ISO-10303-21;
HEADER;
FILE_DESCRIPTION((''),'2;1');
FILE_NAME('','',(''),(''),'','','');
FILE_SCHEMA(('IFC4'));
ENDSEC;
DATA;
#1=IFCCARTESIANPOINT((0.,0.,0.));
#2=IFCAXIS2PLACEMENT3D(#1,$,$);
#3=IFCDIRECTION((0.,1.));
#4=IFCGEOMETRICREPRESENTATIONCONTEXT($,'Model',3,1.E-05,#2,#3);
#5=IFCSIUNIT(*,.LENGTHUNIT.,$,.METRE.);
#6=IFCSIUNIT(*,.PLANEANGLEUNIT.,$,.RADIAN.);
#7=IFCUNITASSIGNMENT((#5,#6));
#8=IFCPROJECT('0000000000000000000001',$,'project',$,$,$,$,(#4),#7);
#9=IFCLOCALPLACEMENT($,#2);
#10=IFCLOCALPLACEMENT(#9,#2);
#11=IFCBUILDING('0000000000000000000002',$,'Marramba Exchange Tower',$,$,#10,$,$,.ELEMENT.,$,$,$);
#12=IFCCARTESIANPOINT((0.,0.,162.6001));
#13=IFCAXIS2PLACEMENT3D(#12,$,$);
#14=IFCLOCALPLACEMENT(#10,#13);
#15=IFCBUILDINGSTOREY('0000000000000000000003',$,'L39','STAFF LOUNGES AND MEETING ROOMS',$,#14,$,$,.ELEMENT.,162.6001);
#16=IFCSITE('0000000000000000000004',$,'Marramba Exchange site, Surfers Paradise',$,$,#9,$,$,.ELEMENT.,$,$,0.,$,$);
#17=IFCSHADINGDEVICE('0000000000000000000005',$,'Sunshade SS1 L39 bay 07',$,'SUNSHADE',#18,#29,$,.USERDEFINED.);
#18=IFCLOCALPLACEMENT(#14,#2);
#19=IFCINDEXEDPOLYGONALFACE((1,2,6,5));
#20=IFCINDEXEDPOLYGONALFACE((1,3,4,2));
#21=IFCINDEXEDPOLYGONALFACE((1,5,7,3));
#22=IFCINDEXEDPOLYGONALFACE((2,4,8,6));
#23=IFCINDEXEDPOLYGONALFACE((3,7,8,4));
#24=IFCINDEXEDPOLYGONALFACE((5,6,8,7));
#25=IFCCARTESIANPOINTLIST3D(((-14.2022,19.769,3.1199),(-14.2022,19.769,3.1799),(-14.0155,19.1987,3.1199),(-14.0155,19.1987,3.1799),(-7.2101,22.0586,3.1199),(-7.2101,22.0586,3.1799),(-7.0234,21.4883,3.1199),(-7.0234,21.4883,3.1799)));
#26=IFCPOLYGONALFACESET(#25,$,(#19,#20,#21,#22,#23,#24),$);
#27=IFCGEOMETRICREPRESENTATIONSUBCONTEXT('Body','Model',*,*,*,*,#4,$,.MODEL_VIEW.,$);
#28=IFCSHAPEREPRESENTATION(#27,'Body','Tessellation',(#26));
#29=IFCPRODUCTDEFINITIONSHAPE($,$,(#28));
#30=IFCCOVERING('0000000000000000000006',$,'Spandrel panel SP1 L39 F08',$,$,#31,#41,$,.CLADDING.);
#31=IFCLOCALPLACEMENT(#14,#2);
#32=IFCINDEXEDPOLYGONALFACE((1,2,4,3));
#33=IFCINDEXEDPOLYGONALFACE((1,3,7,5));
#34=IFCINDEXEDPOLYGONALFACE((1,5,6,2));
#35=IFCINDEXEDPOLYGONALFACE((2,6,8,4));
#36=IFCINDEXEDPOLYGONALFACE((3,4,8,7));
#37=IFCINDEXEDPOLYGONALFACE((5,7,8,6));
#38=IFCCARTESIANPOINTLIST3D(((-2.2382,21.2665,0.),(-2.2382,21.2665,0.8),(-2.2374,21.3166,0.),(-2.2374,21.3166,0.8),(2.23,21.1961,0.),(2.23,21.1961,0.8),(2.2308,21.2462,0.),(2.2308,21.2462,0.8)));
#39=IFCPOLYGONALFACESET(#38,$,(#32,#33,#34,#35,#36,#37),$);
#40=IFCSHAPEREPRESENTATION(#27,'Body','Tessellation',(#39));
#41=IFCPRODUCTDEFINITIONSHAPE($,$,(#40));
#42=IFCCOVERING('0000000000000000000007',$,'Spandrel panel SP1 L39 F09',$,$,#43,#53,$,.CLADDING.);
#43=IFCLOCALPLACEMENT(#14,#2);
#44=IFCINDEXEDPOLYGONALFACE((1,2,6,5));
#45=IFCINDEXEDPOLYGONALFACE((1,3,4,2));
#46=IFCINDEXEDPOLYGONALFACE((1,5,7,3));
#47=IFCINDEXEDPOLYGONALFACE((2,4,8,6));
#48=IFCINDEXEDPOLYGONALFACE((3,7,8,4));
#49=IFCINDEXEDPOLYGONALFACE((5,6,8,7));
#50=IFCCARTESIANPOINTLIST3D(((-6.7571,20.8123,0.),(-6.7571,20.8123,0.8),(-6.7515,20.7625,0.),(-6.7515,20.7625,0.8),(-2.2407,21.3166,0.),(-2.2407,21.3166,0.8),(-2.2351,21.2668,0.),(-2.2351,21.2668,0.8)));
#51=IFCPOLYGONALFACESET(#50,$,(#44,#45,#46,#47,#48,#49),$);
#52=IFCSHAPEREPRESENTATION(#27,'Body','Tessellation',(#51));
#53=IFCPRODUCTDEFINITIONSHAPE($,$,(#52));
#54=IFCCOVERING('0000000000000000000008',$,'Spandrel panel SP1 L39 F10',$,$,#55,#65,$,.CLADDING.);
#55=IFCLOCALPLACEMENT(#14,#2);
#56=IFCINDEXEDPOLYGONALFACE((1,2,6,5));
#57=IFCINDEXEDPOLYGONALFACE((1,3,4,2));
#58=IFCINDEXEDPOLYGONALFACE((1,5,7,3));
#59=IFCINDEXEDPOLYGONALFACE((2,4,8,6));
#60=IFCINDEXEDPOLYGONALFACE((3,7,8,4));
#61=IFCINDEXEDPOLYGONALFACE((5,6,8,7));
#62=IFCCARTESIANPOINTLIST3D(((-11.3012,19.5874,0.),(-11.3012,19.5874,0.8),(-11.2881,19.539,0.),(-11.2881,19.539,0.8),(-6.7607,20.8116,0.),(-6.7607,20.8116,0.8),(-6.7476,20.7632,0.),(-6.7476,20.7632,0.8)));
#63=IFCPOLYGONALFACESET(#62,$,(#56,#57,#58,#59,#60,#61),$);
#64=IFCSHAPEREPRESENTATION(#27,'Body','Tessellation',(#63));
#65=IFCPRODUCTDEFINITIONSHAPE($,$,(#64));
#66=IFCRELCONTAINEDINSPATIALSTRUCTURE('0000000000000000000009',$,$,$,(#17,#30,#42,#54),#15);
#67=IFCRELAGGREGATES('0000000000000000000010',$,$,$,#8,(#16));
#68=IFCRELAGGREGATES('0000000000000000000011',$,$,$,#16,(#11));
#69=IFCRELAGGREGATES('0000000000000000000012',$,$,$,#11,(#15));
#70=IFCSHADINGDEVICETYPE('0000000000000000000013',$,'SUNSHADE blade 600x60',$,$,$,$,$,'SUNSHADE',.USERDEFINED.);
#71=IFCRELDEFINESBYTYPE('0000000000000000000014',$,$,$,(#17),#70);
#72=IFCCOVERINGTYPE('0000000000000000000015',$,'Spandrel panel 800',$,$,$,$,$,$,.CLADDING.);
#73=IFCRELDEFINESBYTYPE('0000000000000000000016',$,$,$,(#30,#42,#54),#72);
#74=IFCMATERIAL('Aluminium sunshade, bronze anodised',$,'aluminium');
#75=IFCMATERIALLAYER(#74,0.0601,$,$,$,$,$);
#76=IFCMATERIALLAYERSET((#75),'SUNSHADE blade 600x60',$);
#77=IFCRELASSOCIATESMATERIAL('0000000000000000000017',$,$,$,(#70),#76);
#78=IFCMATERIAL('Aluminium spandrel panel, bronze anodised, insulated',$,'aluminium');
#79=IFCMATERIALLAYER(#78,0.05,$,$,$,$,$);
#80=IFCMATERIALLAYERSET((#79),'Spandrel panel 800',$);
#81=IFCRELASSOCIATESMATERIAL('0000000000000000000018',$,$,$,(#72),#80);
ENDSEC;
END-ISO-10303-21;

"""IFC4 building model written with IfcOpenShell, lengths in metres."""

from ifc_helpers import new_model, si_unit, direction, frame, origin, origin_2d, place, context, subcontext, project, spatial, rectangle, extrude, material, layer, layer_set, type_object, element, save


model = new_model("IFC4")

# Units and contexts
model_context = context("Model", 3, precision=1e-05, world=origin(), true_north=direction((0.0, 1.0)))
body_context = subcontext(model_context, "Body", "Model", "MODEL_VIEW")
ifc_project = project(units=[si_unit("LENGTHUNIT", "METRE"), si_unit("PLANEANGLEUNIT", "RADIAN")], contexts=[model_context])

# Site, building, storey
site_placement = place(None, origin())
site = spatial("IfcSite", under=ifc_project, at=site_placement, Name="Marramba Exchange site, Surfers Paradise", CompositionType="ELEMENT", RefElevation=0.0)
building_placement = place(site_placement, origin())
building = spatial("IfcBuilding", under=site, at=building_placement, Name="Marramba Exchange Tower", CompositionType="ELEMENT")
storey_placement = place(building_placement, frame((0.0, 0.0, 162.6001)))
storey = spatial("IfcBuildingStorey", under=building, at=storey_placement, Name="L39", Description="STAFF LOUNGES AND MEETING ROOMS", CompositionType="ELEMENT", Elevation=162.6001)

# Shading device
ifc_material_1 = material(Name="Aluminium sunshade, bronze anodised", Category="aluminium")
ifc_layer_1 = layer(ifc_material_1, 0.0601)
ifc_layer_set_1 = layer_set([ifc_layer_1], Name="SUNSHADE blade 600x60")
shading_device_type_1 = type_object("IfcShadingDeviceType", Name="SUNSHADE blade 600x60", ElementType="SUNSHADE", PredefinedType="USERDEFINED", material=ifc_layer_set_1)
shading_device_1_placement = place(storey_placement, frame((-10.6128, 20.6287, 3.1199), z_axis=(0.0, 0.0, 1.0), x_axis=(-0.950346, -0.311196, 0.0)))
element("IfcShadingDevice", 1, at=shading_device_1_placement, inside=storey, type_object=shading_device_type_1, Name="Sunshade SS1 L39 bay 07", ObjectType="SUNSHADE", PredefinedType="USERDEFINED", context=body_context, shape_type="SweptSolid", body=[
    extrude(rectangle(XDim=7.3574, YDim=0.6001, at=origin_2d()), origin(), (0.0, 0.0, 1.0), 0.0601),
])

# Coverings
ifc_material_2 = material(Name="Aluminium spandrel panel, bronze anodised, insulated", Category="aluminium")
ifc_layer_2 = layer(ifc_material_2, 0.05)
ifc_layer_set_2 = layer_set([ifc_layer_2], Name="Spandrel panel 800")
covering_type = type_object("IfcCoveringType", Name="Spandrel panel 800", PredefinedType="CLADDING", material=ifc_layer_set_2)
covering_1_placement = place(storey_placement, frame((-0.0037, 21.2563, 0.0), z_axis=(0.0, 0.0, 1.0), x_axis=(-0.999876, 0.015756, 0.0)))
element("IfcCovering", 2, at=covering_1_placement, inside=storey, type_object=covering_type, Name="Spandrel panel SP1 L39 F08", PredefinedType="CLADDING", context=body_context, shape_type="SweptSolid", body=[
    extrude(rectangle(XDim=4.4688, YDim=0.05, at=origin_2d()), origin(), (0.0, 0.0, 1.0), 0.8),
])
covering_2_placement = place(storey_placement, frame((-4.4961, 21.0396, 0.0), z_axis=(0.0, 0.0, 1.0), x_axis=(-0.993823, -0.110973, 0.0)))
element("IfcCovering", 3, at=covering_2_placement, inside=storey, type_object=covering_type, Name="Spandrel panel SP1 L39 F09", PredefinedType="CLADDING", context=body_context, shape_type="SweptSolid", body=[
    extrude(rectangle(XDim=4.5444, YDim=0.05, at=origin_2d()), origin(), (0.0, 0.0, 1.0), 0.8),
])
covering_3_placement = place(storey_placement, frame((-9.0244, 20.1753, 0.0), z_axis=(0.0, 0.0, 1.0), x_axis=(-0.965522, -0.260321, 0.0)))
element("IfcCovering", 4, at=covering_3_placement, inside=storey, type_object=covering_type, Name="Spandrel panel SP1 L39 F10", PredefinedType="CLADDING", context=body_context, shape_type="SweptSolid", body=[
    extrude(rectangle(XDim=4.7026, YDim=0.05, at=origin_2d()), origin(), (0.0, 0.0, 1.0), 0.8),
])

save(model, "model.ifc")
